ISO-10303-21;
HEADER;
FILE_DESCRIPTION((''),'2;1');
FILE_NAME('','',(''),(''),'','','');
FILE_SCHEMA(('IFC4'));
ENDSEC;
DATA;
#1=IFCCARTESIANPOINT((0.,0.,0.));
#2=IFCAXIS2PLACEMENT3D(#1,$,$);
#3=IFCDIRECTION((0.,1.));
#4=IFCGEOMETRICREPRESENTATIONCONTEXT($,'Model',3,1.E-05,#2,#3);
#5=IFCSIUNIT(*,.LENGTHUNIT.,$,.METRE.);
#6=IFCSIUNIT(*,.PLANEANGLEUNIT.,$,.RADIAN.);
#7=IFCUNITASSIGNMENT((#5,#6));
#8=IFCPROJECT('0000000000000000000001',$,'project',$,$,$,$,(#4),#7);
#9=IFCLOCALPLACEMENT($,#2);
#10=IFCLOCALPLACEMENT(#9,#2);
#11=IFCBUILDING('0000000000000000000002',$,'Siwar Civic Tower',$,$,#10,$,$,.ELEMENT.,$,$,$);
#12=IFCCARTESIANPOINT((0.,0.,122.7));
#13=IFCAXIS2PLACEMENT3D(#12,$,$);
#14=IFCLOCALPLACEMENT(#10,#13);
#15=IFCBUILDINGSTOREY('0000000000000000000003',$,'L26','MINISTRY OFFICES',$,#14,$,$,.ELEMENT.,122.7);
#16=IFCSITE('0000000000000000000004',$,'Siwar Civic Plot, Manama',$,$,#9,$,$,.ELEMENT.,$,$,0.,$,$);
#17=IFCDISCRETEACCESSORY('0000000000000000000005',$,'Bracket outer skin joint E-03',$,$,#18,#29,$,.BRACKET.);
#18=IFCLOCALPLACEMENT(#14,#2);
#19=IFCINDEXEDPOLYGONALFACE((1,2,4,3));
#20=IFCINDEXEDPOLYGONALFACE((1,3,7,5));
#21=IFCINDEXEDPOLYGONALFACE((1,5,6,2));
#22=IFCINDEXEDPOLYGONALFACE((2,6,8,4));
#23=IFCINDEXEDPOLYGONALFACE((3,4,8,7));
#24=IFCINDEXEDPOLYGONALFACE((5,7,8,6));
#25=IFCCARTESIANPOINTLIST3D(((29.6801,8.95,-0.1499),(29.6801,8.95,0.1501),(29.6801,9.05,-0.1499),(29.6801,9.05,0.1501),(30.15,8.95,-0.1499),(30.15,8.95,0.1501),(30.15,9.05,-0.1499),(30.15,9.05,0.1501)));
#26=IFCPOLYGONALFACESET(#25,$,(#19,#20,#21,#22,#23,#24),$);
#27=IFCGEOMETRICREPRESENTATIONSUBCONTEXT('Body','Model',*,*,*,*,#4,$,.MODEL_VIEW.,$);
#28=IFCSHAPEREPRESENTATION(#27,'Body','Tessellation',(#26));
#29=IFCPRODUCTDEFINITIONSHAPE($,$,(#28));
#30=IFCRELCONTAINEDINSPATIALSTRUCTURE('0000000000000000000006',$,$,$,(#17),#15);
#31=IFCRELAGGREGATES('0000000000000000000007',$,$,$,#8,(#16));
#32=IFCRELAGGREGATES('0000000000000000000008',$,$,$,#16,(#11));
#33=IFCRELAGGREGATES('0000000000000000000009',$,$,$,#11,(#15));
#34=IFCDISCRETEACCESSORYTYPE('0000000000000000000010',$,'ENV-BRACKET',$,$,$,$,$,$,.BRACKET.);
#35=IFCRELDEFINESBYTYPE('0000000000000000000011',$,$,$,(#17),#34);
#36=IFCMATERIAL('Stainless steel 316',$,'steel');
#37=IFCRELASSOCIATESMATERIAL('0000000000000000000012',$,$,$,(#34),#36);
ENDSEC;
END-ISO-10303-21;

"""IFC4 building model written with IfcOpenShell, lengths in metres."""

from ifc_helpers import new_model, si_unit, direction, frame, origin, origin_2d, place, context, subcontext, project, spatial, rectangle, extrude, material, type_object, element, save


model = new_model("IFC4")

# Units and contexts
model_context = context("Model", 3, precision=1e-05, world=origin(), true_north=direction((0.0, 1.0)))
body_context = subcontext(model_context, "Body", "Model", "MODEL_VIEW")
ifc_project = project(units=[si_unit("LENGTHUNIT", "METRE"), si_unit("PLANEANGLEUNIT", "RADIAN")], contexts=[model_context])

# Site, building, storey
site_placement = place(None, origin())
site = spatial("IfcSite", under=ifc_project, at=site_placement, Name="Siwar Civic Plot, Manama", CompositionType="ELEMENT", RefElevation=0.0)
building_placement = place(site_placement, origin())
building = spatial("IfcBuilding", under=site, at=building_placement, Name="Siwar Civic Tower", CompositionType="ELEMENT")
storey_placement = place(building_placement, frame((0.0, 0.0, 122.7)))
storey = spatial("IfcBuildingStorey", under=building, at=storey_placement, Name="L26", Description="MINISTRY OFFICES", CompositionType="ELEMENT", Elevation=122.7)

# Discrete accessory
ifc_material_1 = material(Name="Stainless steel 316", Category="steel")
discrete_accessory_type = type_object("IfcDiscreteAccessoryType", Name="ENV-BRACKET", PredefinedType="BRACKET", material=ifc_material_1)
for number, where, z_axis, x_axis, name in (
    (1, (29.915, 9.0, -0.1499), (0.0, 0.0, 1.0), (1.0, 0.0, 0.0), "Bracket outer skin joint E-03"),
):
    element("IfcDiscreteAccessory", number, at=place(storey_placement, frame(where, z_axis=z_axis, x_axis=x_axis)), inside=storey, type_object=discrete_accessory_type, Name=name, PredefinedType="BRACKET", context=body_context, shape_type="SweptSolid", body=[
        extrude(rectangle(XDim=0.47, YDim=0.1001, at=origin_2d()), origin(), (0.0, 0.0, 1.0), 0.3),
    ])

save(model, "model.ifc")
